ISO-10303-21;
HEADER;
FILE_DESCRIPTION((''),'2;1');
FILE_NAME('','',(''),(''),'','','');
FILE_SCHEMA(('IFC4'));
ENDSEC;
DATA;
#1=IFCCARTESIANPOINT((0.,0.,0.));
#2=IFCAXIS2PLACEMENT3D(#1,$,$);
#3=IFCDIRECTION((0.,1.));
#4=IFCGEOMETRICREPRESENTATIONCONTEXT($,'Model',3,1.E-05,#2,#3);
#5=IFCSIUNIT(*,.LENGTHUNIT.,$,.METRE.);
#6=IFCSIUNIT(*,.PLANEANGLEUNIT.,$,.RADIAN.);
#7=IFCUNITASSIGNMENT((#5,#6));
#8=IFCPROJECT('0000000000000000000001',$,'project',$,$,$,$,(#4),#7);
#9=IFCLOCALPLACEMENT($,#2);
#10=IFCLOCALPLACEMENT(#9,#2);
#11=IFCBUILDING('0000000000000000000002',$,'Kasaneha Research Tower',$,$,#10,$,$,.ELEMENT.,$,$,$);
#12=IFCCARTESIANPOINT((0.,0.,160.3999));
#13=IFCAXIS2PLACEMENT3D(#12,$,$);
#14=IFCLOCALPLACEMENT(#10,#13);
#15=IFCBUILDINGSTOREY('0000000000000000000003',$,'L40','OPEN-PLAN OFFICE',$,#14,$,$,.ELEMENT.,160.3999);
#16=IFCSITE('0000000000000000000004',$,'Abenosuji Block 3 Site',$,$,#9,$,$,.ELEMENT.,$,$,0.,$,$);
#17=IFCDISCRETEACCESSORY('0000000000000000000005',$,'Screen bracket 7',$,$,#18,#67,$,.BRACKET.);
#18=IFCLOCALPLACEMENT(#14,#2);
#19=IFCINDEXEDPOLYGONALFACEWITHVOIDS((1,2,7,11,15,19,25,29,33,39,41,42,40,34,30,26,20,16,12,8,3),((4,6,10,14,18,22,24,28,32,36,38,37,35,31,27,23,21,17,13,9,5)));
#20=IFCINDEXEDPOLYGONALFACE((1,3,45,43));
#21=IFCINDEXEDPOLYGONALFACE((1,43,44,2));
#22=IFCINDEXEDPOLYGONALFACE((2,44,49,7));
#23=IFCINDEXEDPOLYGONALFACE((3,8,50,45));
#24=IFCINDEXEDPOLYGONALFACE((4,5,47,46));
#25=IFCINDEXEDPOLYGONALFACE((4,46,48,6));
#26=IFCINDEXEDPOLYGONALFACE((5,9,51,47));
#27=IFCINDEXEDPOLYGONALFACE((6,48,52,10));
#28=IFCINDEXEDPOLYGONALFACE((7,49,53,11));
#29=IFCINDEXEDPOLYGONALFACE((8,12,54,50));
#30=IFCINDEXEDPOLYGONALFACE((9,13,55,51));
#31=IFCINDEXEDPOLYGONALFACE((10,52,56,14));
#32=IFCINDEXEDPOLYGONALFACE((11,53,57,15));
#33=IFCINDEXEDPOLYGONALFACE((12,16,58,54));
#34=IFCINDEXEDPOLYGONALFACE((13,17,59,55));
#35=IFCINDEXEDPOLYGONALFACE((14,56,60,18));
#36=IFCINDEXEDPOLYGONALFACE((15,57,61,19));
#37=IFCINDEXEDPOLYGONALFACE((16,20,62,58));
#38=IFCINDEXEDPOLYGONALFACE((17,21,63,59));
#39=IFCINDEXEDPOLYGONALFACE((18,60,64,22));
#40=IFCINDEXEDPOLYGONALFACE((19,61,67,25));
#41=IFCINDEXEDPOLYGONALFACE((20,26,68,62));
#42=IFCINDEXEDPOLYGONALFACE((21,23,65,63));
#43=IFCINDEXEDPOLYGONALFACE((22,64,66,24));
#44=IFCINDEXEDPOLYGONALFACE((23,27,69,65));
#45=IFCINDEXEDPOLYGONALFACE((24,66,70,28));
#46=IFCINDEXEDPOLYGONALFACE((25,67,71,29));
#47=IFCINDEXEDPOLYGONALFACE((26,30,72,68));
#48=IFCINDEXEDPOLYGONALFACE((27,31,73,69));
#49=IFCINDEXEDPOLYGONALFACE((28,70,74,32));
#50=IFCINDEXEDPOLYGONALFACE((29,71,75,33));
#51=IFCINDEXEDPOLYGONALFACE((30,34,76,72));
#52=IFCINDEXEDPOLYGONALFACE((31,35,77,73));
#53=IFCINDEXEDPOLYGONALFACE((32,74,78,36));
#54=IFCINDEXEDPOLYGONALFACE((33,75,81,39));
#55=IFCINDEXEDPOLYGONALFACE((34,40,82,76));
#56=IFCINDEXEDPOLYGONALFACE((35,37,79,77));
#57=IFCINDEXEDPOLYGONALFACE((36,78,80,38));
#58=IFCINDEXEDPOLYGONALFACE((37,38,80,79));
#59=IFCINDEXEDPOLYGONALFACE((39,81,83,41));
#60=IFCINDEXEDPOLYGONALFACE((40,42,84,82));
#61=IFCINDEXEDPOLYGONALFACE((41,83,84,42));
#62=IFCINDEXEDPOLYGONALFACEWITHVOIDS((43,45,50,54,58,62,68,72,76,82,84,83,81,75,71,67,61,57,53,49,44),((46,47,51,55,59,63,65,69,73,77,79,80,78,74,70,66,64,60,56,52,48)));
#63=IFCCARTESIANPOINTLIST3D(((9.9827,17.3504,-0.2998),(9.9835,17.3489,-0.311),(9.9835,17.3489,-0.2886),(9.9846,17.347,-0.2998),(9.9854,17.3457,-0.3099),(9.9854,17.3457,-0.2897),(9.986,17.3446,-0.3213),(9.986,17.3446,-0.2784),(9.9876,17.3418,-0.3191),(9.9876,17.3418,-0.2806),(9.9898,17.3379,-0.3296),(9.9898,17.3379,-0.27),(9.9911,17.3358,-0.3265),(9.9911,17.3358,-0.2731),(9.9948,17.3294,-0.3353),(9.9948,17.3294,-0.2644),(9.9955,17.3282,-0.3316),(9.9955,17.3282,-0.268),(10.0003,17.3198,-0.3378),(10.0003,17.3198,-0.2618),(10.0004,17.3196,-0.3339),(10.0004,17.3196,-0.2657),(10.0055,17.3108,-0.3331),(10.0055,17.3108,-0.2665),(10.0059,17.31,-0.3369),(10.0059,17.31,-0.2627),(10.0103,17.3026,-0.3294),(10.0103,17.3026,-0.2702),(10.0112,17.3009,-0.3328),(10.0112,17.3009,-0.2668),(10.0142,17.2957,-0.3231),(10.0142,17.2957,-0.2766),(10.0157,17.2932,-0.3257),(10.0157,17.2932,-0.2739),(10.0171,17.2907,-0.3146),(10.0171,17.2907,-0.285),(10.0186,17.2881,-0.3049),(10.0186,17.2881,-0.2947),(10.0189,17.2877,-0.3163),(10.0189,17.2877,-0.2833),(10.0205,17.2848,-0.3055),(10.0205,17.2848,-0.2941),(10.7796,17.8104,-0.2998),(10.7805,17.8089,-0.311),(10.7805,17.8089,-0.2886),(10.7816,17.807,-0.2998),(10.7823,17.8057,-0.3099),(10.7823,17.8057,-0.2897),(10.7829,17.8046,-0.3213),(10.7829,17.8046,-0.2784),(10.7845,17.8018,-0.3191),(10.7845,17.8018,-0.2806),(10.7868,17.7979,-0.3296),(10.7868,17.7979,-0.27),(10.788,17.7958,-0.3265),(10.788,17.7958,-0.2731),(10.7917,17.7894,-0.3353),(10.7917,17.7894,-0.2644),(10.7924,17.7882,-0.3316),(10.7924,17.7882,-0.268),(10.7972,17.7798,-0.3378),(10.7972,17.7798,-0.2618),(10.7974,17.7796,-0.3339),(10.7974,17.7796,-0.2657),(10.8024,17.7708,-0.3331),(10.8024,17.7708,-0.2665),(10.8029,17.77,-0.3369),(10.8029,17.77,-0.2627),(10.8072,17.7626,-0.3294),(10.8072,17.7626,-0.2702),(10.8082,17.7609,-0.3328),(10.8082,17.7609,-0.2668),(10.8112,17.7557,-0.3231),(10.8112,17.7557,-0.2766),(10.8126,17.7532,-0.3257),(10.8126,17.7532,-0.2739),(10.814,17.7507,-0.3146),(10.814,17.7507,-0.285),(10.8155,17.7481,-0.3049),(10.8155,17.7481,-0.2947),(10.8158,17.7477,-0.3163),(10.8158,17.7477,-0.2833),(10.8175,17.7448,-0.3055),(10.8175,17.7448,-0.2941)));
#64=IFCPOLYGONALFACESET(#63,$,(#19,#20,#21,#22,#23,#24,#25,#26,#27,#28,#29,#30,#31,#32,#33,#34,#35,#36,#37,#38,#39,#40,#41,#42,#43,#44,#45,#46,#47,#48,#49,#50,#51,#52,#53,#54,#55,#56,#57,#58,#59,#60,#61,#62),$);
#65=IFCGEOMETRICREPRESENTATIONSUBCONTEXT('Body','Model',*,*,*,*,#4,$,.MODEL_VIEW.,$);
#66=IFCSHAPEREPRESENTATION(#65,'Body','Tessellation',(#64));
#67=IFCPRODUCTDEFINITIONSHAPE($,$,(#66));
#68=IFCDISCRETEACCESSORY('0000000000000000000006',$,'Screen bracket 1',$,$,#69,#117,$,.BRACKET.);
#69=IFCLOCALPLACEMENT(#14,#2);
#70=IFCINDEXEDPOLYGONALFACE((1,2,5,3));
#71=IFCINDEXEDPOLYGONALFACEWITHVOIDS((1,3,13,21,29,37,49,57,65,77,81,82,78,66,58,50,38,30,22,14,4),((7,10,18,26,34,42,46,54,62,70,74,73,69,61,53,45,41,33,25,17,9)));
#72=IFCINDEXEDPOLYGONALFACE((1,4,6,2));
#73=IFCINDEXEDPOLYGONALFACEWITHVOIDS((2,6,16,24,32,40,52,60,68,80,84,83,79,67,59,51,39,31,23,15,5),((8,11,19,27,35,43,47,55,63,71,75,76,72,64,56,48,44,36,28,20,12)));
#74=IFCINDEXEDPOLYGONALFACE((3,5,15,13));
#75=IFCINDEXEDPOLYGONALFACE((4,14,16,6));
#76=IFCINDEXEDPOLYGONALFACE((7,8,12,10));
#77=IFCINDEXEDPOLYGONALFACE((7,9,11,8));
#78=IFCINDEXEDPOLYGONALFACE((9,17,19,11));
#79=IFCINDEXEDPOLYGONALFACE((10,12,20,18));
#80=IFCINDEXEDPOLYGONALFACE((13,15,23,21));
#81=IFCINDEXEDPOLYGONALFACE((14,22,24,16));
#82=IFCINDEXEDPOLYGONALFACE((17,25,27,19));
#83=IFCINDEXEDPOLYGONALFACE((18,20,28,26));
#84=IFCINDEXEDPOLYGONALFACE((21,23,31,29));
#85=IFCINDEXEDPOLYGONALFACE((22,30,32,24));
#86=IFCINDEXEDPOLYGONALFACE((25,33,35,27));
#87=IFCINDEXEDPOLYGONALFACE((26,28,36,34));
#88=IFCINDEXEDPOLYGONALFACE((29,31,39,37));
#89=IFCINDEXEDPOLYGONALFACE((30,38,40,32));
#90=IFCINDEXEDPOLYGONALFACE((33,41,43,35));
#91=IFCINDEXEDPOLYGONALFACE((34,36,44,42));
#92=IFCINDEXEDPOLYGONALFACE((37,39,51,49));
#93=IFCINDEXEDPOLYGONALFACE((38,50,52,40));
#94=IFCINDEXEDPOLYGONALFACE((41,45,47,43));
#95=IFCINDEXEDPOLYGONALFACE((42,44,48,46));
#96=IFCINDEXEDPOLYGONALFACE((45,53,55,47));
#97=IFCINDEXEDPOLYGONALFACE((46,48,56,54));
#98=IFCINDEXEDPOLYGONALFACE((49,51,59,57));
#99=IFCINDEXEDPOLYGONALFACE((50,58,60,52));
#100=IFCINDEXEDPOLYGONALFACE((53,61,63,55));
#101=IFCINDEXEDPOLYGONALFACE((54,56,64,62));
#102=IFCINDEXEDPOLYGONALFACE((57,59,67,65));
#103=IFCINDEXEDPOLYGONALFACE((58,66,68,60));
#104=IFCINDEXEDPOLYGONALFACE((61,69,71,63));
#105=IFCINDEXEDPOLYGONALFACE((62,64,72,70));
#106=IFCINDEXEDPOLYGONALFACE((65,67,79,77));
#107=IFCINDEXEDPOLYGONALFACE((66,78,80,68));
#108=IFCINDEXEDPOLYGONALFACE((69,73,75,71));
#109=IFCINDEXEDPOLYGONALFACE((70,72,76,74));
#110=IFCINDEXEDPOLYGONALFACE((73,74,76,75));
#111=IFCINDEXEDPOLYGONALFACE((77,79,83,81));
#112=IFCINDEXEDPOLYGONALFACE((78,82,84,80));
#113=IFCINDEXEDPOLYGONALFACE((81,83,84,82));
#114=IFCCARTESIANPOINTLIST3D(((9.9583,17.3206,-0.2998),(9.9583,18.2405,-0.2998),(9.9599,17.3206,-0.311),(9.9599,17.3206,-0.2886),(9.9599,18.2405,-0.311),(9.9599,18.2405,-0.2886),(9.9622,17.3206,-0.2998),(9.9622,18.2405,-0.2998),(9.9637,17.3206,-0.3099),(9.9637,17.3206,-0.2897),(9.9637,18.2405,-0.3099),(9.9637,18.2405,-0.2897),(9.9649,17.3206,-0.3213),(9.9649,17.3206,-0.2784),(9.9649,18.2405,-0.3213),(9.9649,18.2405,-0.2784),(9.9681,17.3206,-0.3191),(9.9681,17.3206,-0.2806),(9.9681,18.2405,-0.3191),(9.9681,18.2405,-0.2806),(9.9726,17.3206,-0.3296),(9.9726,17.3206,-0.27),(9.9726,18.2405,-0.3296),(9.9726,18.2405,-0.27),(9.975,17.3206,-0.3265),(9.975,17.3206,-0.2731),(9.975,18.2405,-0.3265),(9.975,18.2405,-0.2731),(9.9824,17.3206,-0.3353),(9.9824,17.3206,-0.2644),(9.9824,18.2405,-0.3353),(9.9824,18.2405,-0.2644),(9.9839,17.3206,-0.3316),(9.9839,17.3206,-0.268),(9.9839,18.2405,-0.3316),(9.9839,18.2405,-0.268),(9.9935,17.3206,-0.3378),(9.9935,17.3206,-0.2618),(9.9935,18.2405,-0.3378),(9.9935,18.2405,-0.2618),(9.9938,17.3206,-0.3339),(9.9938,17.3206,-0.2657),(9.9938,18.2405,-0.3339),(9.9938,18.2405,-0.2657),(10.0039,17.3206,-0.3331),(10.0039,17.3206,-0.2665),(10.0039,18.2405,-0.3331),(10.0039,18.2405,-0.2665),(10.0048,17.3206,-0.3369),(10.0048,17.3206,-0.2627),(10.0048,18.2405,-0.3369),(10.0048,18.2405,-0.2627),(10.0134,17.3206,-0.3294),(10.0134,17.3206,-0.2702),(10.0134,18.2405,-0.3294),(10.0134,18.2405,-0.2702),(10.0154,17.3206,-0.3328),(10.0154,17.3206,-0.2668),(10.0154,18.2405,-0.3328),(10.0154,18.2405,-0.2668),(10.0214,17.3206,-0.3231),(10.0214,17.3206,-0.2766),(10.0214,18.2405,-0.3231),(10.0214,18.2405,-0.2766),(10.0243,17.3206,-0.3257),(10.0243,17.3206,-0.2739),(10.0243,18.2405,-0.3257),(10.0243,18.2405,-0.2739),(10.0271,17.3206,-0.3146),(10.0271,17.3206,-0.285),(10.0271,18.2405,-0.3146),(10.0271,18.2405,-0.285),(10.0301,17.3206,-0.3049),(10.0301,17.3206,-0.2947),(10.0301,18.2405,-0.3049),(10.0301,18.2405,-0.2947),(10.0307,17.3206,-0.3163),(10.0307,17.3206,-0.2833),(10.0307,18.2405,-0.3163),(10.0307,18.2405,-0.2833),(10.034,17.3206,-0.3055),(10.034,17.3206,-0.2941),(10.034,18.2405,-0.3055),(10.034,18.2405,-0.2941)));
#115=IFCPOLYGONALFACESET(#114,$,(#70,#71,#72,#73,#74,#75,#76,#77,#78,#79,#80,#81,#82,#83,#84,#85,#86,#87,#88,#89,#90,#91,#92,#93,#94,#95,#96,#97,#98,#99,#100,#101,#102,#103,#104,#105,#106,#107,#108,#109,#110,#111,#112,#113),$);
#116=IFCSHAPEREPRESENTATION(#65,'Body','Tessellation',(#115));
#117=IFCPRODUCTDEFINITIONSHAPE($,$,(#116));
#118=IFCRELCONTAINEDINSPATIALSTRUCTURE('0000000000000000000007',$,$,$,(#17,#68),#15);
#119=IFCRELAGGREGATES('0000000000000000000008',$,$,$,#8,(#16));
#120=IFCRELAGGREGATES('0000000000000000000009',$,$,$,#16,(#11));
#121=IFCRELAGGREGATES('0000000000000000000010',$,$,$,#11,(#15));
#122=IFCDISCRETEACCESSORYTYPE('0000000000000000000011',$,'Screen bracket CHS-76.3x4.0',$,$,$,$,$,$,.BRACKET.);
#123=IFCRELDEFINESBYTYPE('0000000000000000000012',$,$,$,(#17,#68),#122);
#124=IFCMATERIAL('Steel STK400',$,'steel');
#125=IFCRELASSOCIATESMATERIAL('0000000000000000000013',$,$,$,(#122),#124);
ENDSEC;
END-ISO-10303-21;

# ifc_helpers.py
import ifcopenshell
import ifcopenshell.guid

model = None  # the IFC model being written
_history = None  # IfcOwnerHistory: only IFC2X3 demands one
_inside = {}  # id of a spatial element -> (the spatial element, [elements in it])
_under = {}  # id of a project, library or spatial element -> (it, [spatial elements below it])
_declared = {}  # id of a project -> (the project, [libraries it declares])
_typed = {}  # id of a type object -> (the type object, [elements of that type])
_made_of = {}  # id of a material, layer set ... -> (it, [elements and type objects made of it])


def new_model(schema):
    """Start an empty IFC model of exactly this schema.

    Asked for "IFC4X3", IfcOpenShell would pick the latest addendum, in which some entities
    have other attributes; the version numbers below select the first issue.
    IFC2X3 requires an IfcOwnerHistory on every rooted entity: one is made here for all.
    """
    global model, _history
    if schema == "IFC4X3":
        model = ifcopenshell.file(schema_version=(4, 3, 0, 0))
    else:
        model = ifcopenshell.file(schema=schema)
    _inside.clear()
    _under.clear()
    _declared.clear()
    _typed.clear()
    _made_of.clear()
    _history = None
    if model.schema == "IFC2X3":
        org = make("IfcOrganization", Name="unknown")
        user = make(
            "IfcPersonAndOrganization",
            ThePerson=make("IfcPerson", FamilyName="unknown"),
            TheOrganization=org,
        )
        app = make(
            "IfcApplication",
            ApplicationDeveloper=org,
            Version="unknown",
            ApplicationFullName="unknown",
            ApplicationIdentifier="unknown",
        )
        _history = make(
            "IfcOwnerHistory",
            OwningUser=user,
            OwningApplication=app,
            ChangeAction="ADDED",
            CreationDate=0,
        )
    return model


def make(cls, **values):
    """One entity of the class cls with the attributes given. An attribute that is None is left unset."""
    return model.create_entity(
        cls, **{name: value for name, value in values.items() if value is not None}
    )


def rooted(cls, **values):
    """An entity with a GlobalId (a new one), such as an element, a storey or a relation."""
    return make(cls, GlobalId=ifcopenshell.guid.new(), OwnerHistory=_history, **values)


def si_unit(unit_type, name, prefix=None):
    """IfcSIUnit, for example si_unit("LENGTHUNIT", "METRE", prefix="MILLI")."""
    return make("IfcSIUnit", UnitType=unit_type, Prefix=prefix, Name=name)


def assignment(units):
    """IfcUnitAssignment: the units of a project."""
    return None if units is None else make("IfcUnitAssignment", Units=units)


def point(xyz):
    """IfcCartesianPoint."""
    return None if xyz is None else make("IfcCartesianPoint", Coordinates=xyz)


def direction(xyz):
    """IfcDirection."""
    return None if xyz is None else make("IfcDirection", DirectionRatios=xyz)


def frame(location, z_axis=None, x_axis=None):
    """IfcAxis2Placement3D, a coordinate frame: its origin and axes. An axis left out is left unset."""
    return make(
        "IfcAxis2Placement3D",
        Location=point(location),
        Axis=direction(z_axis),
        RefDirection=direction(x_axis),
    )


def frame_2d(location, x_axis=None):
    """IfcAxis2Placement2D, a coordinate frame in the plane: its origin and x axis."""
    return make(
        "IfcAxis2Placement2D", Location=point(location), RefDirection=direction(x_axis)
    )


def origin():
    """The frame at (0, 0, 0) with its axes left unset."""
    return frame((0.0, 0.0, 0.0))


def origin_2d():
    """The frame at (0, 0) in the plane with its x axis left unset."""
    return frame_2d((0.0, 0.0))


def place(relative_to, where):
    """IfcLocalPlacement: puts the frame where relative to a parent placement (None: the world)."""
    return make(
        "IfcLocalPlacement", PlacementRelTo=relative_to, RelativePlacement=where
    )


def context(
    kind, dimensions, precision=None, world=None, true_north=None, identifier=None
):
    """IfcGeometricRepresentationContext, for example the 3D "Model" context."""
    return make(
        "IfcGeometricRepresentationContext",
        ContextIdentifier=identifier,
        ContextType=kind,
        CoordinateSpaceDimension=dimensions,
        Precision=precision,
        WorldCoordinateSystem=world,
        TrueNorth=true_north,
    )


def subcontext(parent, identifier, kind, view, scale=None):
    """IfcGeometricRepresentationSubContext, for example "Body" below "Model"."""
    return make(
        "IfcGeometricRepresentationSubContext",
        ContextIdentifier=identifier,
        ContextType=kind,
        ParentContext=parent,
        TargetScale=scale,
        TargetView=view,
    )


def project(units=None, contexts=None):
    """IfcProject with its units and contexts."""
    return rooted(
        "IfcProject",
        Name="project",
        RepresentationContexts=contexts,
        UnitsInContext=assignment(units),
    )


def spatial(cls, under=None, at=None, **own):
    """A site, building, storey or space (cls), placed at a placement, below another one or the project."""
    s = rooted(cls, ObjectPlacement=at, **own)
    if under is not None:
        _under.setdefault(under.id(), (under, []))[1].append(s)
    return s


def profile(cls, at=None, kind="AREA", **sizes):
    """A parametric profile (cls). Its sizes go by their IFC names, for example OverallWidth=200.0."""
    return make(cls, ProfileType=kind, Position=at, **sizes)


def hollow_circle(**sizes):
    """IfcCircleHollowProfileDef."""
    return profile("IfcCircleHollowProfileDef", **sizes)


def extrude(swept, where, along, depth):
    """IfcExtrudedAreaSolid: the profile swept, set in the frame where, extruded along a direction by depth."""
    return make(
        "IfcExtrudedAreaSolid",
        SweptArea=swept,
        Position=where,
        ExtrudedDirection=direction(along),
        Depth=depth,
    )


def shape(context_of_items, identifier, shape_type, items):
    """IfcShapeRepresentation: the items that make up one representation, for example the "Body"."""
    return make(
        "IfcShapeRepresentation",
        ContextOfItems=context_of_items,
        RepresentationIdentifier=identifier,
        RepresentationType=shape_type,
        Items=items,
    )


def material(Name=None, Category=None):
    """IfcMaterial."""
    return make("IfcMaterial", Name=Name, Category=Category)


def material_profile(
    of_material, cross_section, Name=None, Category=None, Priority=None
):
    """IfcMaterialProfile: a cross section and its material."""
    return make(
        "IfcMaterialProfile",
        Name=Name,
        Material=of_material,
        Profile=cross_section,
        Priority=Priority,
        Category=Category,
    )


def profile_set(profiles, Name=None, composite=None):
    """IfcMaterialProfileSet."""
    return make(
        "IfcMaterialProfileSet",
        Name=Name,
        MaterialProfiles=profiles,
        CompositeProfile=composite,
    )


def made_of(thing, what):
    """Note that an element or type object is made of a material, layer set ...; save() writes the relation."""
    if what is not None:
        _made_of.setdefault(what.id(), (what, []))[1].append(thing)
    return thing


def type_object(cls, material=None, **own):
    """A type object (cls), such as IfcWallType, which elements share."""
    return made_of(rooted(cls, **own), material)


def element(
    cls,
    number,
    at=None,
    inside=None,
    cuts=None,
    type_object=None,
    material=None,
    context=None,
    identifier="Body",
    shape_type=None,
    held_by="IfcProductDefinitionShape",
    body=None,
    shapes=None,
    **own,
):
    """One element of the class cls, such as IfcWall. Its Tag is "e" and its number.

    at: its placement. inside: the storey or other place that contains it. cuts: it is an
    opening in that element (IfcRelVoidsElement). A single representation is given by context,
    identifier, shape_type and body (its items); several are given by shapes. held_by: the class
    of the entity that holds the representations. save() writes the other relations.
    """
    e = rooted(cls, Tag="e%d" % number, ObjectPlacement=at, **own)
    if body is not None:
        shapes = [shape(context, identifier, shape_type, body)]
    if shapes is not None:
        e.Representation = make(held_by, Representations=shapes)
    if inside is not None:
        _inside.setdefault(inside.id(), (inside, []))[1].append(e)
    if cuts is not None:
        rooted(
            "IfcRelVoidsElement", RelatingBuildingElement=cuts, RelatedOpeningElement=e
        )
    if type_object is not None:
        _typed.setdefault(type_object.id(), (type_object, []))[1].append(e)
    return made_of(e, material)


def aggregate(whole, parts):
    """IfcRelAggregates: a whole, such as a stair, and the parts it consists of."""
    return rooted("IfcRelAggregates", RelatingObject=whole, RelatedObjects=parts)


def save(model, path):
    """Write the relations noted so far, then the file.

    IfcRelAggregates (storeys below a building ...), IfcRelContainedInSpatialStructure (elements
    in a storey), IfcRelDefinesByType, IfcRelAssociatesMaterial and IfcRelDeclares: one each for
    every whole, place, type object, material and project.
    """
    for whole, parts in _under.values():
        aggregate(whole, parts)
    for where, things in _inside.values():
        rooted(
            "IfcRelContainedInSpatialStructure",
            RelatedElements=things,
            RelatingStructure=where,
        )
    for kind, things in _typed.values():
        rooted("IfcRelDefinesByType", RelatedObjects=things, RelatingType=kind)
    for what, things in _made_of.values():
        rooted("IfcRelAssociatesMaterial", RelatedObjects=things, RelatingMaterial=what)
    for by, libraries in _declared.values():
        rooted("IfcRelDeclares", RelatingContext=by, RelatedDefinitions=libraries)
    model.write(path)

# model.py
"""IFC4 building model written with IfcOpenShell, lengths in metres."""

from ifc_helpers import new_model, si_unit, direction, frame, origin, origin_2d, place, context, subcontext, project, spatial, hollow_circle, extrude, material, material_profile, profile_set, type_object, element, save


model = new_model("IFC4")

# Units and contexts
model_context = context("Model", 3, precision=1e-05, world=origin(), true_north=direction((0.0, 1.0)))
body_context = subcontext(model_context, "Body", "Model", "MODEL_VIEW")
ifc_project = project(units=[si_unit("LENGTHUNIT", "METRE"), si_unit("PLANEANGLEUNIT", "RADIAN")], contexts=[model_context])

# Site, building, storey
site_placement = place(None, origin())
site = spatial("IfcSite", under=ifc_project, at=site_placement, Name="Abenosuji Block 3 Site", CompositionType="ELEMENT", RefElevation=0.0)
building_placement = place(site_placement, origin())
building = spatial("IfcBuilding", under=site, at=building_placement, Name="Kasaneha Research Tower", CompositionType="ELEMENT")
storey_placement = place(building_placement, frame((0.0, 0.0, 160.3999)))
storey = spatial("IfcBuildingStorey", under=building, at=storey_placement, Name="L40", Description="OPEN-PLAN OFFICE", CompositionType="ELEMENT", Elevation=160.3999)

# Discrete accessories
ifc_material_1 = material(Name="Steel STK400", Category="steel")
ifc_material_profile_1 = material_profile(ifc_material_1, hollow_circle(Radius=0.0381, WallThickness=0.0039, at=origin_2d()), Name="CHS-76.3x4.0")
ifc_profile_set_1 = profile_set([ifc_material_profile_1], Name="Steel STK400")
discrete_accessory_type = type_object("IfcDiscreteAccessoryType", Name="Screen bracket CHS-76.3x4.0", PredefinedType="BRACKET", material=ifc_profile_set_1)
for number, where, z_axis, x_axis, name in (
    (1, (10.0017, 17.3174, -0.2998), (0.86608, 0.499906, 0.0), (-0.499906, 0.86608, 0.0), "Screen bracket 7"),
):
    element("IfcDiscreteAccessory", number, at=place(storey_placement, frame(where, z_axis=z_axis, x_axis=x_axis)), inside=storey, type_object=discrete_accessory_type, Name=name, PredefinedType="BRACKET", context=body_context, shape_type="SweptSolid", body=[
        extrude(hollow_circle(Radius=0.0381, WallThickness=0.0039, at=origin_2d()), origin(), (0.0, 0.0, 1.0), 0.9202),
    ])
discrete_accessory_placement = place(storey_placement, frame((9.9963, 17.3206, -0.2998), z_axis=(0.0, 1.0, 0.0), x_axis=(-1.0, 0.0, 0.0)))
element("IfcDiscreteAccessory", 2, at=discrete_accessory_placement, inside=storey, type_object=discrete_accessory_type, Name="Screen bracket 1", PredefinedType="BRACKET", context=body_context, shape_type="SweptSolid", body=[
    extrude(hollow_circle(Radius=0.0381, WallThickness=0.0039, at=origin_2d()), origin(), (0.0, 0.0, 1.0), 0.9199),
])

save(model, "model.ifc")
